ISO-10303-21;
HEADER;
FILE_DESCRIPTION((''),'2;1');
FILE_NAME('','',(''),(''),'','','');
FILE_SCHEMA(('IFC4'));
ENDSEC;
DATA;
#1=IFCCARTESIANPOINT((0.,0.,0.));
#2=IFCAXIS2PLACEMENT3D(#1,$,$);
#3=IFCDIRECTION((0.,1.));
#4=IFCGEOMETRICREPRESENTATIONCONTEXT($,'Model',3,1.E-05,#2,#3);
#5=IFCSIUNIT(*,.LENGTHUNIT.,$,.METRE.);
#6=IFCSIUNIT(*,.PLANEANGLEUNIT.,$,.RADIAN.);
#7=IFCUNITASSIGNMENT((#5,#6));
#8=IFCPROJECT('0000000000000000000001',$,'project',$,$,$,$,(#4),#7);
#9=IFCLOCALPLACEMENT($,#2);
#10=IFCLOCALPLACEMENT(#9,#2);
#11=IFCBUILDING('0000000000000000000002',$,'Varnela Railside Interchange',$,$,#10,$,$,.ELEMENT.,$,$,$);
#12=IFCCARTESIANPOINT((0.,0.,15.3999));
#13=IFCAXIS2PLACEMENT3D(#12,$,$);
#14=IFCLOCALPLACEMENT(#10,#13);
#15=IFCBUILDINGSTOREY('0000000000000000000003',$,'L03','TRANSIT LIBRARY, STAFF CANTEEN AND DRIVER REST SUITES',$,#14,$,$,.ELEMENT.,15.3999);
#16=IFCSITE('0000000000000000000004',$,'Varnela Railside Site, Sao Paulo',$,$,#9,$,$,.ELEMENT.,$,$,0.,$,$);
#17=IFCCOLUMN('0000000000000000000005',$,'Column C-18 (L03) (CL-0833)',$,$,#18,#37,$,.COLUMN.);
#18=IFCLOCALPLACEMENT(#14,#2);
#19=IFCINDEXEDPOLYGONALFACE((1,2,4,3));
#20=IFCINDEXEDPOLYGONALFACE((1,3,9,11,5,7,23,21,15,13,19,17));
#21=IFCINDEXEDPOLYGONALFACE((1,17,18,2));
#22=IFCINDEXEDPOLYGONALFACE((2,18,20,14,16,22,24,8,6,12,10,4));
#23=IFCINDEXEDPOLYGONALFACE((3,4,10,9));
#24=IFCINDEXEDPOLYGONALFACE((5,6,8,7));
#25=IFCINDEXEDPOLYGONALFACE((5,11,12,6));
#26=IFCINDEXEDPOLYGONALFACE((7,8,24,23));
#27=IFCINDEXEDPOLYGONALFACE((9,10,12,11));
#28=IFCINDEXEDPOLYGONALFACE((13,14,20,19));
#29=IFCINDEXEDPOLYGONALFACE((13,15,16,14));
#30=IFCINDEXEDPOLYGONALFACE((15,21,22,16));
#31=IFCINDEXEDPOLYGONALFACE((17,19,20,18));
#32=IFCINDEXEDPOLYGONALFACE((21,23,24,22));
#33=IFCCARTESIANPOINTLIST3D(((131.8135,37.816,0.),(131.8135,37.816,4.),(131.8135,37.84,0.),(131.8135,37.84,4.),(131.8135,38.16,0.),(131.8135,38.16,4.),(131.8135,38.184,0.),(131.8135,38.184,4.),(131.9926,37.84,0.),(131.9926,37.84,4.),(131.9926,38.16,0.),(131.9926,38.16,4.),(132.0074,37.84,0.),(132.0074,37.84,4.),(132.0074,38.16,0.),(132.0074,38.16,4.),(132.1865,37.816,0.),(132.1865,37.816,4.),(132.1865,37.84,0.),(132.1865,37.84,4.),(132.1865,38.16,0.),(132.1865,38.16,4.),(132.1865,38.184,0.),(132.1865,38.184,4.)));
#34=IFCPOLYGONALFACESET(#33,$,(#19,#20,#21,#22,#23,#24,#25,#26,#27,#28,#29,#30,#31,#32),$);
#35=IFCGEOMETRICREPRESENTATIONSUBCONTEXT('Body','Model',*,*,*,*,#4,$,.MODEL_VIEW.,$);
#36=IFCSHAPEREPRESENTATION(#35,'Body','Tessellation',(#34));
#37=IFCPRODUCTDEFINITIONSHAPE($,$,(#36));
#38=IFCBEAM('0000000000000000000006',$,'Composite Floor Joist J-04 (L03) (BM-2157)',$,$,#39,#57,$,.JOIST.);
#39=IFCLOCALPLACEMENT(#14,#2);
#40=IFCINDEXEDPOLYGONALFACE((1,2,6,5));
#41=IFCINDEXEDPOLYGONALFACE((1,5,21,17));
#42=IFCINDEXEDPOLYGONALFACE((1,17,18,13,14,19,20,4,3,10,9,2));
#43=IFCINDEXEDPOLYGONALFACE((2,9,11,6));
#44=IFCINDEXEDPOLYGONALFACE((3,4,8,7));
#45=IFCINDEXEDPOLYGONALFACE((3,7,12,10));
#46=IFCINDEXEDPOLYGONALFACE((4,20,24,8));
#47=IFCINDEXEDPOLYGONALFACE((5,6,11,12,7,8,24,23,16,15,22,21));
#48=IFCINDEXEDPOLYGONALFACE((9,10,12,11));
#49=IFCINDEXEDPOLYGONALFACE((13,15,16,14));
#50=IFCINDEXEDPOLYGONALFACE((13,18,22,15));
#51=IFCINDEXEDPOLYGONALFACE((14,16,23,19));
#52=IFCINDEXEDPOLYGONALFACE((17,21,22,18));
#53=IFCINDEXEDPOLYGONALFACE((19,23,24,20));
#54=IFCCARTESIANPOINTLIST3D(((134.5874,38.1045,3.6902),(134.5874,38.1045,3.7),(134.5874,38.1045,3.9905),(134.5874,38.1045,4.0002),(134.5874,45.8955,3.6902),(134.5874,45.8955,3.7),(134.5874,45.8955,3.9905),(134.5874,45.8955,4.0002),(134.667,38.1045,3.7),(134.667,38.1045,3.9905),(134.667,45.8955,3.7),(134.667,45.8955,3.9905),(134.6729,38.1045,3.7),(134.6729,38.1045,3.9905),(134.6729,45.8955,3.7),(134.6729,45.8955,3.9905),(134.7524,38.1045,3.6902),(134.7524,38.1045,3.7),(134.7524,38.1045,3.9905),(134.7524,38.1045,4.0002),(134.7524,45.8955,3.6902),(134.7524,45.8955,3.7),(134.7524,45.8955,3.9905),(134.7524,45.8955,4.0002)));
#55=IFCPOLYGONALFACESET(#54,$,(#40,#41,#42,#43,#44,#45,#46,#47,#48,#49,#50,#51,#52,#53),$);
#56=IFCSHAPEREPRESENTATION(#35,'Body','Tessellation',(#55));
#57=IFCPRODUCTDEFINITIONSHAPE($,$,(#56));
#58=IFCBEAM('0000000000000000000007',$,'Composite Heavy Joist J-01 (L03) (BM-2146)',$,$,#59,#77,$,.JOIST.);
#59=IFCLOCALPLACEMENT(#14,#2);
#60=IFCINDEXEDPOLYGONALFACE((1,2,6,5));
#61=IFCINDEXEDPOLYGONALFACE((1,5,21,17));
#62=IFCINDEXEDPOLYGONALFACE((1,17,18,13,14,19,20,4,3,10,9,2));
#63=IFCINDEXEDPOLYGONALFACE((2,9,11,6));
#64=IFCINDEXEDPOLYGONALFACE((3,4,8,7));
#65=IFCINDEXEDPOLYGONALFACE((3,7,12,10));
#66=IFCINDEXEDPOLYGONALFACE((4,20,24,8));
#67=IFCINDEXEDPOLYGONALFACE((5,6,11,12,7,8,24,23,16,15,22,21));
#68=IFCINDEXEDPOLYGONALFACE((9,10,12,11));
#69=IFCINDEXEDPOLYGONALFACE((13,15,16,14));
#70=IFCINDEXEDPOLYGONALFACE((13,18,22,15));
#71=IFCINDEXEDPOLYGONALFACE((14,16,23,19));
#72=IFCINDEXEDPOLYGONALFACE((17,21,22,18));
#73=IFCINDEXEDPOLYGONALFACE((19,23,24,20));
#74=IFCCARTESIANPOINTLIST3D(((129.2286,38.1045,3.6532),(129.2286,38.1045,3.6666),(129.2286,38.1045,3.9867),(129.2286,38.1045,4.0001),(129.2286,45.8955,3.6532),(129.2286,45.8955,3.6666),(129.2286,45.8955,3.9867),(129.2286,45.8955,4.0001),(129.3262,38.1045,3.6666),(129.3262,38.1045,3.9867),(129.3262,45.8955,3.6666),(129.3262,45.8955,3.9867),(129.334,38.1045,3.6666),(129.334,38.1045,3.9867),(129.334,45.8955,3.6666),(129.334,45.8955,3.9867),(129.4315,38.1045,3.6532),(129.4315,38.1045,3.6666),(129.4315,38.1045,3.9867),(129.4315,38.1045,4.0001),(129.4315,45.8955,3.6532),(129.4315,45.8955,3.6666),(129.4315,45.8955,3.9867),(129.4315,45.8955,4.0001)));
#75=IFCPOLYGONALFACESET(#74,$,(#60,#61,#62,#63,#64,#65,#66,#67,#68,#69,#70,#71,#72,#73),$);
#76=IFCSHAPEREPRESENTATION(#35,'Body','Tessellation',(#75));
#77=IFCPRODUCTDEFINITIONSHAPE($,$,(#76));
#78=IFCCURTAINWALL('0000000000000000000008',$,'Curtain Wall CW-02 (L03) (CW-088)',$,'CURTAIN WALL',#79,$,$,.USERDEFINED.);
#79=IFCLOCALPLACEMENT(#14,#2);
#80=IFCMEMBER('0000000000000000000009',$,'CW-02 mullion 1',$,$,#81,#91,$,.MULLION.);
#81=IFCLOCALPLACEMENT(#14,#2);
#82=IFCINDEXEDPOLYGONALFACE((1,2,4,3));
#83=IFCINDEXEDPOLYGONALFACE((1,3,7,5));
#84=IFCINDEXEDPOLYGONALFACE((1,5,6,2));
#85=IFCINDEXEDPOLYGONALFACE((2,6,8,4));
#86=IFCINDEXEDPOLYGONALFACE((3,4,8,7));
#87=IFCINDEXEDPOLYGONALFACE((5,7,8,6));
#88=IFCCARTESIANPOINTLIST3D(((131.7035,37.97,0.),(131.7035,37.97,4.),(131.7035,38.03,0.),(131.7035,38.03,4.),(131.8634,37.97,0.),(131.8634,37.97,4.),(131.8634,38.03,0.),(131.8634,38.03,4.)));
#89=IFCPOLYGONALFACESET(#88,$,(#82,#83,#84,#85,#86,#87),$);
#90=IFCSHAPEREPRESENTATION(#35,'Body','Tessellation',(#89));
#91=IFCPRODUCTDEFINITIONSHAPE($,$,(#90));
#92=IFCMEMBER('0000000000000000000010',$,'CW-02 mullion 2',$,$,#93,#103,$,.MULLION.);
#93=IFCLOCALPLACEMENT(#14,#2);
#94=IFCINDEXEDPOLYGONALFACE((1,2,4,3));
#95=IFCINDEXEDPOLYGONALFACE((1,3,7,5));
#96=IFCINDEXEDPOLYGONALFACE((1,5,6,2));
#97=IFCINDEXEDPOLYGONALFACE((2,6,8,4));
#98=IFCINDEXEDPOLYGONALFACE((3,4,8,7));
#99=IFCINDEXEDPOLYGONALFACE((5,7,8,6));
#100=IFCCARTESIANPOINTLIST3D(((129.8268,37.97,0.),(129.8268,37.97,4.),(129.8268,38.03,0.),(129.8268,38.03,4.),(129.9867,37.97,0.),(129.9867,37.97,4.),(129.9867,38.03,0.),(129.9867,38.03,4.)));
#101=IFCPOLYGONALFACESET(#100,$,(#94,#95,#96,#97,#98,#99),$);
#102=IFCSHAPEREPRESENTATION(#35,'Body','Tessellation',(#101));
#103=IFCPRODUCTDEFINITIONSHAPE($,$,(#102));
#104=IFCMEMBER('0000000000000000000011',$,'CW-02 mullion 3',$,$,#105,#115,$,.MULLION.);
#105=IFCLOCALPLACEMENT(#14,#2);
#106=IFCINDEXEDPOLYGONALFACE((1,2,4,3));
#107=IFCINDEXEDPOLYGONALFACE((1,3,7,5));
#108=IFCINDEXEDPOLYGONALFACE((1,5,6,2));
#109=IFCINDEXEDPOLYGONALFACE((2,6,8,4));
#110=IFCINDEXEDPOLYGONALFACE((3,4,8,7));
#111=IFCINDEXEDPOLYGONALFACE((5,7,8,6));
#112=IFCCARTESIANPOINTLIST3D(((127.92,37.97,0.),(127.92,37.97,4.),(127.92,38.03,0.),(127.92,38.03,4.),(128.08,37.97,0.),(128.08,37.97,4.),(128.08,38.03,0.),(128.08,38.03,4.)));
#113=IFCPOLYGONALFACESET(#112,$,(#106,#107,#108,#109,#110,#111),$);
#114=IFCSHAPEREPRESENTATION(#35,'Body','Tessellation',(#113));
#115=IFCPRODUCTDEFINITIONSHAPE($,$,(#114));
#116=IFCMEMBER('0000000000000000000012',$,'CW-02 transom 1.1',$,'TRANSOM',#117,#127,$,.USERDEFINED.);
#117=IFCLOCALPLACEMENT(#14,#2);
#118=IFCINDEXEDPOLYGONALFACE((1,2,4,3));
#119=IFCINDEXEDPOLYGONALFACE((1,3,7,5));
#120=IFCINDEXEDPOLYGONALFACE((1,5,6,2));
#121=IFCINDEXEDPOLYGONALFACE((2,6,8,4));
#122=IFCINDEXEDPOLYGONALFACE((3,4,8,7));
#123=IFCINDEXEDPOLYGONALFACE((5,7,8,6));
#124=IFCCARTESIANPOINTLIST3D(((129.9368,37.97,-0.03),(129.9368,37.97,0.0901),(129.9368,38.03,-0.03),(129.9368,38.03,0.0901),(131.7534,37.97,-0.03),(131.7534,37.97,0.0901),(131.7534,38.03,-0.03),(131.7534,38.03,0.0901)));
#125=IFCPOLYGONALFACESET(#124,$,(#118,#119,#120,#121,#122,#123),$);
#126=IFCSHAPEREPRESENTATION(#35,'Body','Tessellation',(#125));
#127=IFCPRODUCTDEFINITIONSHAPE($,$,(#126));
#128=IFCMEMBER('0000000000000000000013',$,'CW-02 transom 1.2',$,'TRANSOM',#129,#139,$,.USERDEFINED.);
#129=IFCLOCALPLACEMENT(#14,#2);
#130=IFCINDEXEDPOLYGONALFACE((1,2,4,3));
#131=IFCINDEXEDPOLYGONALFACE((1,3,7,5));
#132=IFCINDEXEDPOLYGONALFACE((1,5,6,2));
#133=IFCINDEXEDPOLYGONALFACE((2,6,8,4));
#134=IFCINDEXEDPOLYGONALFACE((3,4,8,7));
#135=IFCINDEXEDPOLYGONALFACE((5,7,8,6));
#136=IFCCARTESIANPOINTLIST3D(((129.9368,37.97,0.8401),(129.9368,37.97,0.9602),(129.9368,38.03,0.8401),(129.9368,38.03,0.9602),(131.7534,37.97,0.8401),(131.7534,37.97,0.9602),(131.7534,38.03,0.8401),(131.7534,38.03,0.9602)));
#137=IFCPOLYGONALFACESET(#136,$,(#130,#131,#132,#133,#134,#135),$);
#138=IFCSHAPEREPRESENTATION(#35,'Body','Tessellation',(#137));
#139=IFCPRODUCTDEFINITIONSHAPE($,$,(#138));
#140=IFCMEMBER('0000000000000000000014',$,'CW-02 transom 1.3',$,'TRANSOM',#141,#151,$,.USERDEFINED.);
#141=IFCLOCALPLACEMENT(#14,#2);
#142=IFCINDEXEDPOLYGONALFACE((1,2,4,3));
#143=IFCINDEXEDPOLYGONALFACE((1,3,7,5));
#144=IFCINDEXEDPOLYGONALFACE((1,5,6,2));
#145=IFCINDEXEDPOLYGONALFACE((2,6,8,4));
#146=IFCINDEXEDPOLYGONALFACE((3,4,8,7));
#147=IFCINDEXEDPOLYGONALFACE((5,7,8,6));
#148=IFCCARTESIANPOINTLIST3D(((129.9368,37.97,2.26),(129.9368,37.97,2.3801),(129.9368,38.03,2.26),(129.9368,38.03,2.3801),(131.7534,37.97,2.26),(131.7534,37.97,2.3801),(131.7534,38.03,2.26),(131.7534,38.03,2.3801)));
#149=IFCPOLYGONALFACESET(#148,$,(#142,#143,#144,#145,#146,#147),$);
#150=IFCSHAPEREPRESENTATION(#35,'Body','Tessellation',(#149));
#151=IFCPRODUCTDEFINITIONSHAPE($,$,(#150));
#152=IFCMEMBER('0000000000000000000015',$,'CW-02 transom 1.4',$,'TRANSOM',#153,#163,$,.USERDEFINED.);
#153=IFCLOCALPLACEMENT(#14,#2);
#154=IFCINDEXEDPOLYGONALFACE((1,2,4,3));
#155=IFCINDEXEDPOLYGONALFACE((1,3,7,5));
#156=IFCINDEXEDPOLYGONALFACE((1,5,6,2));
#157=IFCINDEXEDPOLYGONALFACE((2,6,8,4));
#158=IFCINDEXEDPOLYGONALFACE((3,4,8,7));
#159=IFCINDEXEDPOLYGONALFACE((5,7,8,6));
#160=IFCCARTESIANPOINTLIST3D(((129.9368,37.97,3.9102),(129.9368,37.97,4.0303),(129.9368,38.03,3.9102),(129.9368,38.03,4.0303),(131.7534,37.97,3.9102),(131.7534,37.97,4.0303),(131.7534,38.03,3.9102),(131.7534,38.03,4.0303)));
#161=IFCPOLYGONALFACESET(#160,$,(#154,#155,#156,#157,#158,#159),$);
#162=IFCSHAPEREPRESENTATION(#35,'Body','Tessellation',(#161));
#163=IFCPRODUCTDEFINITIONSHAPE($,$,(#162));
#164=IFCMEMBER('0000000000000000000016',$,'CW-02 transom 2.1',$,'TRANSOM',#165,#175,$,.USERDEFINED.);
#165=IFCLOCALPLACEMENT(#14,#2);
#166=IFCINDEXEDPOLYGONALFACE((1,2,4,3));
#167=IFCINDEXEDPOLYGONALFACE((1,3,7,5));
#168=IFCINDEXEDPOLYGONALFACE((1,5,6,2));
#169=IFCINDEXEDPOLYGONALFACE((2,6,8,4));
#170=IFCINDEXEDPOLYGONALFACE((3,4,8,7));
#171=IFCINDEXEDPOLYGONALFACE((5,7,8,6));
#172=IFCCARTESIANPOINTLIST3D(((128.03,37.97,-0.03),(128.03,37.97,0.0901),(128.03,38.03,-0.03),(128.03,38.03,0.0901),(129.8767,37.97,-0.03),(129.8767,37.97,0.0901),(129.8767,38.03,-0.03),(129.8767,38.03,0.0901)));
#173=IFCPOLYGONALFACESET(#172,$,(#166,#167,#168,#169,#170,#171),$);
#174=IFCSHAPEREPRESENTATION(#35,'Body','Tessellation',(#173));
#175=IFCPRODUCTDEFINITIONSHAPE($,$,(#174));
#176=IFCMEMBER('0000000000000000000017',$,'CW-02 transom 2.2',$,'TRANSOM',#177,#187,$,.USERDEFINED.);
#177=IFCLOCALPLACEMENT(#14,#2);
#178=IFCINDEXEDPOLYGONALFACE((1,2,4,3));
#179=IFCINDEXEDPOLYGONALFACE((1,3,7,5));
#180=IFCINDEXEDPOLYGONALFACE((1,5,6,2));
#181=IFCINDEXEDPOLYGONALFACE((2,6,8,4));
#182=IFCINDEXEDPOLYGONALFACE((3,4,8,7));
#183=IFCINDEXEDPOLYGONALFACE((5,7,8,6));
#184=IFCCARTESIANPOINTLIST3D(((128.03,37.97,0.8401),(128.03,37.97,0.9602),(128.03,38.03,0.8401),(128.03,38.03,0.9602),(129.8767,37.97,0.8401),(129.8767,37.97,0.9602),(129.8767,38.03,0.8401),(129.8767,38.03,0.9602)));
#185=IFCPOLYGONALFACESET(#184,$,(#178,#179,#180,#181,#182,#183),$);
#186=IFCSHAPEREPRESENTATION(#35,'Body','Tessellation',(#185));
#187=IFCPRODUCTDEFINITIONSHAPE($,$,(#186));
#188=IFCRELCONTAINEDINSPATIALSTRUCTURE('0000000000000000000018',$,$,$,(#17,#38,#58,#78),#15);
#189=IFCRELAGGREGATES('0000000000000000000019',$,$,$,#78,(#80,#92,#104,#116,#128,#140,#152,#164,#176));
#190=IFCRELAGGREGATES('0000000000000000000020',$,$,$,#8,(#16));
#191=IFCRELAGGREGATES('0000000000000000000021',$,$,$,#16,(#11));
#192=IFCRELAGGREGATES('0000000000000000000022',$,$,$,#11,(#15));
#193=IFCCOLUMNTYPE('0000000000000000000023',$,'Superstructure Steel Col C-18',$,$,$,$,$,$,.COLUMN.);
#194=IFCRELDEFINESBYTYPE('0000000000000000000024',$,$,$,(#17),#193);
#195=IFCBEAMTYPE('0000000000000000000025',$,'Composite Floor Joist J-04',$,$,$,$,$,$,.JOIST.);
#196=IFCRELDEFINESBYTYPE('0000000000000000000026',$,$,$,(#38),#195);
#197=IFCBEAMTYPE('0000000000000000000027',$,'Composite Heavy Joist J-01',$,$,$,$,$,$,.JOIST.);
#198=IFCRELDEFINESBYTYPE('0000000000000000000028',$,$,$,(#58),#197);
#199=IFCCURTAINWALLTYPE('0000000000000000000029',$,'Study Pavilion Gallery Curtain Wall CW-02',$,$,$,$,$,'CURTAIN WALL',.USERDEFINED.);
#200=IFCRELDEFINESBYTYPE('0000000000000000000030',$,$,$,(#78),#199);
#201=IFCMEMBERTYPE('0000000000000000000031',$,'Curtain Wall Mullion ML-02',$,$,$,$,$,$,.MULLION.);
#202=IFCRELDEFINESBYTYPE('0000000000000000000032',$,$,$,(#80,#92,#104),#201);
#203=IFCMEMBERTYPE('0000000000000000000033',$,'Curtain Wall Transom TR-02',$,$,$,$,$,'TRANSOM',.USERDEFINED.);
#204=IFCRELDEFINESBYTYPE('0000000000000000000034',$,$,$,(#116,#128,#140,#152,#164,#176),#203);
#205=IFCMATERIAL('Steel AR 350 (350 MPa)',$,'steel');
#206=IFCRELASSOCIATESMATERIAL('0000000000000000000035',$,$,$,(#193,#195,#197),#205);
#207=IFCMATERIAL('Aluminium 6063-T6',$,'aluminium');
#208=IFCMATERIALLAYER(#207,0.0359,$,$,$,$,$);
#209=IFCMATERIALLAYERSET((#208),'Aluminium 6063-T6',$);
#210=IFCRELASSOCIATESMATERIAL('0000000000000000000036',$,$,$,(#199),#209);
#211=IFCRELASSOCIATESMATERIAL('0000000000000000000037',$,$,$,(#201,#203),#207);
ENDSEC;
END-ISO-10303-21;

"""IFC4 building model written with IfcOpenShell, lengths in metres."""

from ifc_helpers import new_model, si_unit, direction, frame, origin, origin_2d, place, context, subcontext, project, spatial, rectangle, i_section, extrude, material, layer, layer_set, material_profile, profile_set, type_object, element, aggregate, save


model = new_model("IFC4")

# Units and contexts
model_context = context("Model", 3, precision=1e-05, world=origin(), true_north=direction((0.0, 1.0)))
body_context = subcontext(model_context, "Body", "Model", "MODEL_VIEW")
ifc_project = project(units=[si_unit("LENGTHUNIT", "METRE"), si_unit("PLANEANGLEUNIT", "RADIAN")], contexts=[model_context])

# Site, building, storey
site_placement = place(None, origin())
site = spatial("IfcSite", under=ifc_project, at=site_placement, Name="Varnela Railside Site, Sao Paulo", CompositionType="ELEMENT", RefElevation=0.0)
building_placement = place(site_placement, origin())
building = spatial("IfcBuilding", under=site, at=building_placement, Name="Varnela Railside Interchange", CompositionType="ELEMENT")
storey_placement = place(building_placement, frame((0.0, 0.0, 15.3999)))
storey = spatial("IfcBuildingStorey", under=building, at=storey_placement, Name="L03", Description="TRANSIT LIBRARY, STAFF CANTEEN AND DRIVER REST SUITES", CompositionType="ELEMENT", Elevation=15.3999)

# Column
ifc_material_1 = material(Name="Steel AR 350 (350 MPa)", Category="steel")
ifc_material_profile_1 = material_profile(ifc_material_1, i_section(OverallWidth=0.373, OverallDepth=0.3679, WebThickness=0.0149, FlangeThickness=0.0239, at=origin_2d()), Name="W360x179")
ifc_profile_set_1 = profile_set([ifc_material_profile_1], Name="Steel AR 350 (350 MPa)")
column_type = type_object("IfcColumnType", Name="Superstructure Steel Col C-18", PredefinedType="COLUMN", material=ifc_profile_set_1)
column_placement = place(storey_placement, frame((132.0, 38.0, 0.0), z_axis=(0.0, 0.0, 1.0), x_axis=(1.0, 0.0, 0.0)))
element("IfcColumn", 1, at=column_placement, inside=storey, type_object=column_type, Name="Column C-18 (L03) (CL-0833)", PredefinedType="COLUMN", context=body_context, shape_type="SweptSolid", body=[
    extrude(i_section(OverallWidth=0.373, OverallDepth=0.3679, WebThickness=0.0149, FlangeThickness=0.0239, at=origin_2d()), origin(), (0.0, 0.0, 1.0), 4.0),
])

# Beams
ifc_material_profile_2 = material_profile(ifc_material_1, i_section(OverallWidth=0.165, OverallDepth=0.3101, WebThickness=0.0059, FlangeThickness=0.0098, at=origin_2d()), Name="W310x38.7")
ifc_profile_set_2 = profile_set([ifc_material_profile_2], Name="Steel AR 350 (350 MPa)")
beam_type_1 = type_object("IfcBeamType", Name="Composite Floor Joist J-04", PredefinedType="JOIST", material=ifc_profile_set_2)
beam_1_placement = place(storey_placement, frame((134.6699, 38.1045, 3.8452), z_axis=(0.0, 1.0, 0.0), x_axis=(-1.0, 0.0, 0.0)))
element("IfcBeam", 2, at=beam_1_placement, inside=storey, type_object=beam_type_1, Name="Composite Floor Joist J-04 (L03) (BM-2157)", PredefinedType="JOIST", context=body_context, shape_type="SweptSolid", body=[
    extrude(i_section(OverallWidth=0.165, OverallDepth=0.3101, WebThickness=0.0059, FlangeThickness=0.0098, at=origin_2d()), origin(), (0.0, 0.0, 1.0), 7.791),
])
ifc_material_profile_3 = material_profile(ifc_material_1, i_section(OverallWidth=0.2029, OverallDepth=0.3469, WebThickness=0.0078, FlangeThickness=0.0134, at=origin_2d()), Name="W360x64")
ifc_profile_set_3 = profile_set([ifc_material_profile_3], Name="Steel AR 350 (350 MPa)")
beam_type_2 = type_object("IfcBeamType", Name="Composite Heavy Joist J-01", PredefinedType="JOIST", material=ifc_profile_set_3)
beam_2_placement = place(storey_placement, frame((129.3301, 38.1045, 3.8267), z_axis=(0.0, 1.0, 0.0), x_axis=(-1.0, 0.0, 0.0)))
element("IfcBeam", 3, at=beam_2_placement, inside=storey, type_object=beam_type_2, Name="Composite Heavy Joist J-01 (L03) (BM-2146)", PredefinedType="JOIST", context=body_context, shape_type="SweptSolid", body=[
    extrude(i_section(OverallWidth=0.2029, OverallDepth=0.3469, WebThickness=0.0078, FlangeThickness=0.0134, at=origin_2d()), origin(), (0.0, 0.0, 1.0), 7.791),
])

# Curtain wall, members
ifc_material_2 = material(Name="Aluminium 6063-T6", Category="aluminium")
ifc_layer_1 = layer(ifc_material_2, 0.0359)
ifc_layer_set_1 = layer_set([ifc_layer_1], Name="Aluminium 6063-T6")
curtain_wall_type = type_object("IfcCurtainWallType", Name="Study Pavilion Gallery Curtain Wall CW-02", ElementType="CURTAIN WALL", PredefinedType="USERDEFINED", material=ifc_layer_set_1)
curtain_wall_placement = place(storey_placement, origin())
curtain_wall = element("IfcCurtainWall", 4, at=curtain_wall_placement, inside=storey, type_object=curtain_wall_type, Name="Curtain Wall CW-02 (L03) (CW-088)", ObjectType="CURTAIN WALL", PredefinedType="USERDEFINED")
ifc_material_profile_4 = material_profile(ifc_material_2, rectangle(XDim=0.0601, YDim=0.1599, at=origin_2d()), Name="ALU 60x160")
ifc_profile_set_4 = profile_set([ifc_material_profile_4], Name="Aluminium 6063-T6")
member_type_1 = type_object("IfcMemberType", Name="Curtain Wall Mullion ML-02", PredefinedType="MULLION", material=ifc_profile_set_4)
member_1_placement = place(storey_placement, frame((131.7834, 38.0, 0.0), z_axis=(0.0, 0.0, 1.0), x_axis=(0.0, -1.0, 0.0)))
member_1 = element("IfcMember", 5, at=member_1_placement, type_object=member_type_1, Name="CW-02 mullion 1", PredefinedType="MULLION", context=body_context, shape_type="SweptSolid", body=[
    extrude(rectangle(XDim=0.0601, YDim=0.1599, at=origin_2d()), origin(), (0.0, 0.0, 1.0), 4.0),
])
member_2_placement = place(storey_placement, frame((129.9067, 38.0, 0.0), z_axis=(0.0, 0.0, 1.0), x_axis=(0.0, -1.0, 0.0)))
member_2 = element("IfcMember", 6, at=member_2_placement, type_object=member_type_1, Name="CW-02 mullion 2", PredefinedType="MULLION", context=body_context, shape_type="SweptSolid", body=[
    extrude(rectangle(XDim=0.0601, YDim=0.1599, at=origin_2d()), origin(), (0.0, 0.0, 1.0), 4.0),
])
member_3_placement = place(storey_placement, frame((128.0, 38.0, 0.0), z_axis=(0.0, 0.0, 1.0), x_axis=(0.0, -1.0, 0.0)))
member_3 = element("IfcMember", 7, at=member_3_placement, type_object=member_type_1, Name="CW-02 mullion 3", PredefinedType="MULLION", context=body_context, shape_type="SweptSolid", body=[
    extrude(rectangle(XDim=0.0601, YDim=0.1599, at=origin_2d()), origin(), (0.0, 0.0, 1.0), 4.0),
])
ifc_material_profile_5 = material_profile(ifc_material_2, rectangle(XDim=0.0601, YDim=0.1201, at=origin_2d()), Name="ALU 60x120")
ifc_profile_set_5 = profile_set([ifc_material_profile_5], Name="Aluminium 6063-T6")
member_type_2 = type_object("IfcMemberType", Name="Curtain Wall Transom TR-02", ElementType="TRANSOM", PredefinedType="USERDEFINED", material=ifc_profile_set_5)
member_4_placement = place(storey_placement, frame((131.7534, 38.0, 0.03), z_axis=(-1.0, 0.0, 0.0), x_axis=(0.0, -1.0, 0.0)))
member_4 = element("IfcMember", 8, at=member_4_placement, type_object=member_type_2, Name="CW-02 transom 1.1", ObjectType="TRANSOM", PredefinedType="USERDEFINED", context=body_context, shape_type="SweptSolid", body=[
    extrude(rectangle(XDim=0.0601, YDim=0.1201, at=origin_2d()), origin(), (0.0, 0.0, 1.0), 1.8167),
])
member_5_placement = place(storey_placement, frame((131.7534, 38.0, 0.9001), z_axis=(-1.0, 0.0, 0.0), x_axis=(0.0, -1.0, 0.0)))
member_5 = element("IfcMember", 9, at=member_5_placement, type_object=member_type_2, Name="CW-02 transom 1.2", ObjectType="TRANSOM", PredefinedType="USERDEFINED", context=body_context, shape_type="SweptSolid", body=[
    extrude(rectangle(XDim=0.0601, YDim=0.1201, at=origin_2d()), origin(), (0.0, 0.0, 1.0), 1.8167),
])
member_6_placement = place(storey_placement, frame((131.7534, 38.0, 2.3201), z_axis=(-1.0, 0.0, 0.0), x_axis=(0.0, -1.0, 0.0)))
member_6 = element("IfcMember", 10, at=member_6_placement, type_object=member_type_2, Name="CW-02 transom 1.3", ObjectType="TRANSOM", PredefinedType="USERDEFINED", context=body_context, shape_type="SweptSolid", body=[
    extrude(rectangle(XDim=0.0601, YDim=0.1201, at=origin_2d()), origin(), (0.0, 0.0, 1.0), 1.8167),
])
member_7_placement = place(storey_placement, frame((131.7534, 38.0, 3.9702), z_axis=(-1.0, 0.0, 0.0), x_axis=(0.0, -1.0, 0.0)))
member_7 = element("IfcMember", 11, at=member_7_placement, type_object=member_type_2, Name="CW-02 transom 1.4", ObjectType="TRANSOM", PredefinedType="USERDEFINED", context=body_context, shape_type="SweptSolid", body=[
    extrude(rectangle(XDim=0.0601, YDim=0.1201, at=origin_2d()), origin(), (0.0, 0.0, 1.0), 1.8167),
])
member_8_placement = place(storey_placement, frame((129.8767, 38.0, 0.03), z_axis=(-1.0, 0.0, 0.0), x_axis=(0.0, -1.0, 0.0)))
member_8 = element("IfcMember", 12, at=member_8_placement, type_object=member_type_2, Name="CW-02 transom 2.1", ObjectType="TRANSOM", PredefinedType="USERDEFINED", context=body_context, shape_type="SweptSolid", body=[
    extrude(rectangle(XDim=0.0601, YDim=0.1201, at=origin_2d()), origin(), (0.0, 0.0, 1.0), 1.8467),
])
member_9_placement = place(storey_placement, frame((129.8767, 38.0, 0.9001), z_axis=(-1.0, 0.0, 0.0), x_axis=(0.0, -1.0, 0.0)))
member_9 = element("IfcMember", 13, at=member_9_placement, type_object=member_type_2, Name="CW-02 transom 2.2", ObjectType="TRANSOM", PredefinedType="USERDEFINED", context=body_context, shape_type="SweptSolid", body=[
    extrude(rectangle(XDim=0.0601, YDim=0.1201, at=origin_2d()), origin(), (0.0, 0.0, 1.0), 1.8467),
])

aggregate(curtain_wall, [member_1, member_2, member_3, member_4, member_5, member_6, member_7, member_8, member_9])

save(model, "model.ifc")
